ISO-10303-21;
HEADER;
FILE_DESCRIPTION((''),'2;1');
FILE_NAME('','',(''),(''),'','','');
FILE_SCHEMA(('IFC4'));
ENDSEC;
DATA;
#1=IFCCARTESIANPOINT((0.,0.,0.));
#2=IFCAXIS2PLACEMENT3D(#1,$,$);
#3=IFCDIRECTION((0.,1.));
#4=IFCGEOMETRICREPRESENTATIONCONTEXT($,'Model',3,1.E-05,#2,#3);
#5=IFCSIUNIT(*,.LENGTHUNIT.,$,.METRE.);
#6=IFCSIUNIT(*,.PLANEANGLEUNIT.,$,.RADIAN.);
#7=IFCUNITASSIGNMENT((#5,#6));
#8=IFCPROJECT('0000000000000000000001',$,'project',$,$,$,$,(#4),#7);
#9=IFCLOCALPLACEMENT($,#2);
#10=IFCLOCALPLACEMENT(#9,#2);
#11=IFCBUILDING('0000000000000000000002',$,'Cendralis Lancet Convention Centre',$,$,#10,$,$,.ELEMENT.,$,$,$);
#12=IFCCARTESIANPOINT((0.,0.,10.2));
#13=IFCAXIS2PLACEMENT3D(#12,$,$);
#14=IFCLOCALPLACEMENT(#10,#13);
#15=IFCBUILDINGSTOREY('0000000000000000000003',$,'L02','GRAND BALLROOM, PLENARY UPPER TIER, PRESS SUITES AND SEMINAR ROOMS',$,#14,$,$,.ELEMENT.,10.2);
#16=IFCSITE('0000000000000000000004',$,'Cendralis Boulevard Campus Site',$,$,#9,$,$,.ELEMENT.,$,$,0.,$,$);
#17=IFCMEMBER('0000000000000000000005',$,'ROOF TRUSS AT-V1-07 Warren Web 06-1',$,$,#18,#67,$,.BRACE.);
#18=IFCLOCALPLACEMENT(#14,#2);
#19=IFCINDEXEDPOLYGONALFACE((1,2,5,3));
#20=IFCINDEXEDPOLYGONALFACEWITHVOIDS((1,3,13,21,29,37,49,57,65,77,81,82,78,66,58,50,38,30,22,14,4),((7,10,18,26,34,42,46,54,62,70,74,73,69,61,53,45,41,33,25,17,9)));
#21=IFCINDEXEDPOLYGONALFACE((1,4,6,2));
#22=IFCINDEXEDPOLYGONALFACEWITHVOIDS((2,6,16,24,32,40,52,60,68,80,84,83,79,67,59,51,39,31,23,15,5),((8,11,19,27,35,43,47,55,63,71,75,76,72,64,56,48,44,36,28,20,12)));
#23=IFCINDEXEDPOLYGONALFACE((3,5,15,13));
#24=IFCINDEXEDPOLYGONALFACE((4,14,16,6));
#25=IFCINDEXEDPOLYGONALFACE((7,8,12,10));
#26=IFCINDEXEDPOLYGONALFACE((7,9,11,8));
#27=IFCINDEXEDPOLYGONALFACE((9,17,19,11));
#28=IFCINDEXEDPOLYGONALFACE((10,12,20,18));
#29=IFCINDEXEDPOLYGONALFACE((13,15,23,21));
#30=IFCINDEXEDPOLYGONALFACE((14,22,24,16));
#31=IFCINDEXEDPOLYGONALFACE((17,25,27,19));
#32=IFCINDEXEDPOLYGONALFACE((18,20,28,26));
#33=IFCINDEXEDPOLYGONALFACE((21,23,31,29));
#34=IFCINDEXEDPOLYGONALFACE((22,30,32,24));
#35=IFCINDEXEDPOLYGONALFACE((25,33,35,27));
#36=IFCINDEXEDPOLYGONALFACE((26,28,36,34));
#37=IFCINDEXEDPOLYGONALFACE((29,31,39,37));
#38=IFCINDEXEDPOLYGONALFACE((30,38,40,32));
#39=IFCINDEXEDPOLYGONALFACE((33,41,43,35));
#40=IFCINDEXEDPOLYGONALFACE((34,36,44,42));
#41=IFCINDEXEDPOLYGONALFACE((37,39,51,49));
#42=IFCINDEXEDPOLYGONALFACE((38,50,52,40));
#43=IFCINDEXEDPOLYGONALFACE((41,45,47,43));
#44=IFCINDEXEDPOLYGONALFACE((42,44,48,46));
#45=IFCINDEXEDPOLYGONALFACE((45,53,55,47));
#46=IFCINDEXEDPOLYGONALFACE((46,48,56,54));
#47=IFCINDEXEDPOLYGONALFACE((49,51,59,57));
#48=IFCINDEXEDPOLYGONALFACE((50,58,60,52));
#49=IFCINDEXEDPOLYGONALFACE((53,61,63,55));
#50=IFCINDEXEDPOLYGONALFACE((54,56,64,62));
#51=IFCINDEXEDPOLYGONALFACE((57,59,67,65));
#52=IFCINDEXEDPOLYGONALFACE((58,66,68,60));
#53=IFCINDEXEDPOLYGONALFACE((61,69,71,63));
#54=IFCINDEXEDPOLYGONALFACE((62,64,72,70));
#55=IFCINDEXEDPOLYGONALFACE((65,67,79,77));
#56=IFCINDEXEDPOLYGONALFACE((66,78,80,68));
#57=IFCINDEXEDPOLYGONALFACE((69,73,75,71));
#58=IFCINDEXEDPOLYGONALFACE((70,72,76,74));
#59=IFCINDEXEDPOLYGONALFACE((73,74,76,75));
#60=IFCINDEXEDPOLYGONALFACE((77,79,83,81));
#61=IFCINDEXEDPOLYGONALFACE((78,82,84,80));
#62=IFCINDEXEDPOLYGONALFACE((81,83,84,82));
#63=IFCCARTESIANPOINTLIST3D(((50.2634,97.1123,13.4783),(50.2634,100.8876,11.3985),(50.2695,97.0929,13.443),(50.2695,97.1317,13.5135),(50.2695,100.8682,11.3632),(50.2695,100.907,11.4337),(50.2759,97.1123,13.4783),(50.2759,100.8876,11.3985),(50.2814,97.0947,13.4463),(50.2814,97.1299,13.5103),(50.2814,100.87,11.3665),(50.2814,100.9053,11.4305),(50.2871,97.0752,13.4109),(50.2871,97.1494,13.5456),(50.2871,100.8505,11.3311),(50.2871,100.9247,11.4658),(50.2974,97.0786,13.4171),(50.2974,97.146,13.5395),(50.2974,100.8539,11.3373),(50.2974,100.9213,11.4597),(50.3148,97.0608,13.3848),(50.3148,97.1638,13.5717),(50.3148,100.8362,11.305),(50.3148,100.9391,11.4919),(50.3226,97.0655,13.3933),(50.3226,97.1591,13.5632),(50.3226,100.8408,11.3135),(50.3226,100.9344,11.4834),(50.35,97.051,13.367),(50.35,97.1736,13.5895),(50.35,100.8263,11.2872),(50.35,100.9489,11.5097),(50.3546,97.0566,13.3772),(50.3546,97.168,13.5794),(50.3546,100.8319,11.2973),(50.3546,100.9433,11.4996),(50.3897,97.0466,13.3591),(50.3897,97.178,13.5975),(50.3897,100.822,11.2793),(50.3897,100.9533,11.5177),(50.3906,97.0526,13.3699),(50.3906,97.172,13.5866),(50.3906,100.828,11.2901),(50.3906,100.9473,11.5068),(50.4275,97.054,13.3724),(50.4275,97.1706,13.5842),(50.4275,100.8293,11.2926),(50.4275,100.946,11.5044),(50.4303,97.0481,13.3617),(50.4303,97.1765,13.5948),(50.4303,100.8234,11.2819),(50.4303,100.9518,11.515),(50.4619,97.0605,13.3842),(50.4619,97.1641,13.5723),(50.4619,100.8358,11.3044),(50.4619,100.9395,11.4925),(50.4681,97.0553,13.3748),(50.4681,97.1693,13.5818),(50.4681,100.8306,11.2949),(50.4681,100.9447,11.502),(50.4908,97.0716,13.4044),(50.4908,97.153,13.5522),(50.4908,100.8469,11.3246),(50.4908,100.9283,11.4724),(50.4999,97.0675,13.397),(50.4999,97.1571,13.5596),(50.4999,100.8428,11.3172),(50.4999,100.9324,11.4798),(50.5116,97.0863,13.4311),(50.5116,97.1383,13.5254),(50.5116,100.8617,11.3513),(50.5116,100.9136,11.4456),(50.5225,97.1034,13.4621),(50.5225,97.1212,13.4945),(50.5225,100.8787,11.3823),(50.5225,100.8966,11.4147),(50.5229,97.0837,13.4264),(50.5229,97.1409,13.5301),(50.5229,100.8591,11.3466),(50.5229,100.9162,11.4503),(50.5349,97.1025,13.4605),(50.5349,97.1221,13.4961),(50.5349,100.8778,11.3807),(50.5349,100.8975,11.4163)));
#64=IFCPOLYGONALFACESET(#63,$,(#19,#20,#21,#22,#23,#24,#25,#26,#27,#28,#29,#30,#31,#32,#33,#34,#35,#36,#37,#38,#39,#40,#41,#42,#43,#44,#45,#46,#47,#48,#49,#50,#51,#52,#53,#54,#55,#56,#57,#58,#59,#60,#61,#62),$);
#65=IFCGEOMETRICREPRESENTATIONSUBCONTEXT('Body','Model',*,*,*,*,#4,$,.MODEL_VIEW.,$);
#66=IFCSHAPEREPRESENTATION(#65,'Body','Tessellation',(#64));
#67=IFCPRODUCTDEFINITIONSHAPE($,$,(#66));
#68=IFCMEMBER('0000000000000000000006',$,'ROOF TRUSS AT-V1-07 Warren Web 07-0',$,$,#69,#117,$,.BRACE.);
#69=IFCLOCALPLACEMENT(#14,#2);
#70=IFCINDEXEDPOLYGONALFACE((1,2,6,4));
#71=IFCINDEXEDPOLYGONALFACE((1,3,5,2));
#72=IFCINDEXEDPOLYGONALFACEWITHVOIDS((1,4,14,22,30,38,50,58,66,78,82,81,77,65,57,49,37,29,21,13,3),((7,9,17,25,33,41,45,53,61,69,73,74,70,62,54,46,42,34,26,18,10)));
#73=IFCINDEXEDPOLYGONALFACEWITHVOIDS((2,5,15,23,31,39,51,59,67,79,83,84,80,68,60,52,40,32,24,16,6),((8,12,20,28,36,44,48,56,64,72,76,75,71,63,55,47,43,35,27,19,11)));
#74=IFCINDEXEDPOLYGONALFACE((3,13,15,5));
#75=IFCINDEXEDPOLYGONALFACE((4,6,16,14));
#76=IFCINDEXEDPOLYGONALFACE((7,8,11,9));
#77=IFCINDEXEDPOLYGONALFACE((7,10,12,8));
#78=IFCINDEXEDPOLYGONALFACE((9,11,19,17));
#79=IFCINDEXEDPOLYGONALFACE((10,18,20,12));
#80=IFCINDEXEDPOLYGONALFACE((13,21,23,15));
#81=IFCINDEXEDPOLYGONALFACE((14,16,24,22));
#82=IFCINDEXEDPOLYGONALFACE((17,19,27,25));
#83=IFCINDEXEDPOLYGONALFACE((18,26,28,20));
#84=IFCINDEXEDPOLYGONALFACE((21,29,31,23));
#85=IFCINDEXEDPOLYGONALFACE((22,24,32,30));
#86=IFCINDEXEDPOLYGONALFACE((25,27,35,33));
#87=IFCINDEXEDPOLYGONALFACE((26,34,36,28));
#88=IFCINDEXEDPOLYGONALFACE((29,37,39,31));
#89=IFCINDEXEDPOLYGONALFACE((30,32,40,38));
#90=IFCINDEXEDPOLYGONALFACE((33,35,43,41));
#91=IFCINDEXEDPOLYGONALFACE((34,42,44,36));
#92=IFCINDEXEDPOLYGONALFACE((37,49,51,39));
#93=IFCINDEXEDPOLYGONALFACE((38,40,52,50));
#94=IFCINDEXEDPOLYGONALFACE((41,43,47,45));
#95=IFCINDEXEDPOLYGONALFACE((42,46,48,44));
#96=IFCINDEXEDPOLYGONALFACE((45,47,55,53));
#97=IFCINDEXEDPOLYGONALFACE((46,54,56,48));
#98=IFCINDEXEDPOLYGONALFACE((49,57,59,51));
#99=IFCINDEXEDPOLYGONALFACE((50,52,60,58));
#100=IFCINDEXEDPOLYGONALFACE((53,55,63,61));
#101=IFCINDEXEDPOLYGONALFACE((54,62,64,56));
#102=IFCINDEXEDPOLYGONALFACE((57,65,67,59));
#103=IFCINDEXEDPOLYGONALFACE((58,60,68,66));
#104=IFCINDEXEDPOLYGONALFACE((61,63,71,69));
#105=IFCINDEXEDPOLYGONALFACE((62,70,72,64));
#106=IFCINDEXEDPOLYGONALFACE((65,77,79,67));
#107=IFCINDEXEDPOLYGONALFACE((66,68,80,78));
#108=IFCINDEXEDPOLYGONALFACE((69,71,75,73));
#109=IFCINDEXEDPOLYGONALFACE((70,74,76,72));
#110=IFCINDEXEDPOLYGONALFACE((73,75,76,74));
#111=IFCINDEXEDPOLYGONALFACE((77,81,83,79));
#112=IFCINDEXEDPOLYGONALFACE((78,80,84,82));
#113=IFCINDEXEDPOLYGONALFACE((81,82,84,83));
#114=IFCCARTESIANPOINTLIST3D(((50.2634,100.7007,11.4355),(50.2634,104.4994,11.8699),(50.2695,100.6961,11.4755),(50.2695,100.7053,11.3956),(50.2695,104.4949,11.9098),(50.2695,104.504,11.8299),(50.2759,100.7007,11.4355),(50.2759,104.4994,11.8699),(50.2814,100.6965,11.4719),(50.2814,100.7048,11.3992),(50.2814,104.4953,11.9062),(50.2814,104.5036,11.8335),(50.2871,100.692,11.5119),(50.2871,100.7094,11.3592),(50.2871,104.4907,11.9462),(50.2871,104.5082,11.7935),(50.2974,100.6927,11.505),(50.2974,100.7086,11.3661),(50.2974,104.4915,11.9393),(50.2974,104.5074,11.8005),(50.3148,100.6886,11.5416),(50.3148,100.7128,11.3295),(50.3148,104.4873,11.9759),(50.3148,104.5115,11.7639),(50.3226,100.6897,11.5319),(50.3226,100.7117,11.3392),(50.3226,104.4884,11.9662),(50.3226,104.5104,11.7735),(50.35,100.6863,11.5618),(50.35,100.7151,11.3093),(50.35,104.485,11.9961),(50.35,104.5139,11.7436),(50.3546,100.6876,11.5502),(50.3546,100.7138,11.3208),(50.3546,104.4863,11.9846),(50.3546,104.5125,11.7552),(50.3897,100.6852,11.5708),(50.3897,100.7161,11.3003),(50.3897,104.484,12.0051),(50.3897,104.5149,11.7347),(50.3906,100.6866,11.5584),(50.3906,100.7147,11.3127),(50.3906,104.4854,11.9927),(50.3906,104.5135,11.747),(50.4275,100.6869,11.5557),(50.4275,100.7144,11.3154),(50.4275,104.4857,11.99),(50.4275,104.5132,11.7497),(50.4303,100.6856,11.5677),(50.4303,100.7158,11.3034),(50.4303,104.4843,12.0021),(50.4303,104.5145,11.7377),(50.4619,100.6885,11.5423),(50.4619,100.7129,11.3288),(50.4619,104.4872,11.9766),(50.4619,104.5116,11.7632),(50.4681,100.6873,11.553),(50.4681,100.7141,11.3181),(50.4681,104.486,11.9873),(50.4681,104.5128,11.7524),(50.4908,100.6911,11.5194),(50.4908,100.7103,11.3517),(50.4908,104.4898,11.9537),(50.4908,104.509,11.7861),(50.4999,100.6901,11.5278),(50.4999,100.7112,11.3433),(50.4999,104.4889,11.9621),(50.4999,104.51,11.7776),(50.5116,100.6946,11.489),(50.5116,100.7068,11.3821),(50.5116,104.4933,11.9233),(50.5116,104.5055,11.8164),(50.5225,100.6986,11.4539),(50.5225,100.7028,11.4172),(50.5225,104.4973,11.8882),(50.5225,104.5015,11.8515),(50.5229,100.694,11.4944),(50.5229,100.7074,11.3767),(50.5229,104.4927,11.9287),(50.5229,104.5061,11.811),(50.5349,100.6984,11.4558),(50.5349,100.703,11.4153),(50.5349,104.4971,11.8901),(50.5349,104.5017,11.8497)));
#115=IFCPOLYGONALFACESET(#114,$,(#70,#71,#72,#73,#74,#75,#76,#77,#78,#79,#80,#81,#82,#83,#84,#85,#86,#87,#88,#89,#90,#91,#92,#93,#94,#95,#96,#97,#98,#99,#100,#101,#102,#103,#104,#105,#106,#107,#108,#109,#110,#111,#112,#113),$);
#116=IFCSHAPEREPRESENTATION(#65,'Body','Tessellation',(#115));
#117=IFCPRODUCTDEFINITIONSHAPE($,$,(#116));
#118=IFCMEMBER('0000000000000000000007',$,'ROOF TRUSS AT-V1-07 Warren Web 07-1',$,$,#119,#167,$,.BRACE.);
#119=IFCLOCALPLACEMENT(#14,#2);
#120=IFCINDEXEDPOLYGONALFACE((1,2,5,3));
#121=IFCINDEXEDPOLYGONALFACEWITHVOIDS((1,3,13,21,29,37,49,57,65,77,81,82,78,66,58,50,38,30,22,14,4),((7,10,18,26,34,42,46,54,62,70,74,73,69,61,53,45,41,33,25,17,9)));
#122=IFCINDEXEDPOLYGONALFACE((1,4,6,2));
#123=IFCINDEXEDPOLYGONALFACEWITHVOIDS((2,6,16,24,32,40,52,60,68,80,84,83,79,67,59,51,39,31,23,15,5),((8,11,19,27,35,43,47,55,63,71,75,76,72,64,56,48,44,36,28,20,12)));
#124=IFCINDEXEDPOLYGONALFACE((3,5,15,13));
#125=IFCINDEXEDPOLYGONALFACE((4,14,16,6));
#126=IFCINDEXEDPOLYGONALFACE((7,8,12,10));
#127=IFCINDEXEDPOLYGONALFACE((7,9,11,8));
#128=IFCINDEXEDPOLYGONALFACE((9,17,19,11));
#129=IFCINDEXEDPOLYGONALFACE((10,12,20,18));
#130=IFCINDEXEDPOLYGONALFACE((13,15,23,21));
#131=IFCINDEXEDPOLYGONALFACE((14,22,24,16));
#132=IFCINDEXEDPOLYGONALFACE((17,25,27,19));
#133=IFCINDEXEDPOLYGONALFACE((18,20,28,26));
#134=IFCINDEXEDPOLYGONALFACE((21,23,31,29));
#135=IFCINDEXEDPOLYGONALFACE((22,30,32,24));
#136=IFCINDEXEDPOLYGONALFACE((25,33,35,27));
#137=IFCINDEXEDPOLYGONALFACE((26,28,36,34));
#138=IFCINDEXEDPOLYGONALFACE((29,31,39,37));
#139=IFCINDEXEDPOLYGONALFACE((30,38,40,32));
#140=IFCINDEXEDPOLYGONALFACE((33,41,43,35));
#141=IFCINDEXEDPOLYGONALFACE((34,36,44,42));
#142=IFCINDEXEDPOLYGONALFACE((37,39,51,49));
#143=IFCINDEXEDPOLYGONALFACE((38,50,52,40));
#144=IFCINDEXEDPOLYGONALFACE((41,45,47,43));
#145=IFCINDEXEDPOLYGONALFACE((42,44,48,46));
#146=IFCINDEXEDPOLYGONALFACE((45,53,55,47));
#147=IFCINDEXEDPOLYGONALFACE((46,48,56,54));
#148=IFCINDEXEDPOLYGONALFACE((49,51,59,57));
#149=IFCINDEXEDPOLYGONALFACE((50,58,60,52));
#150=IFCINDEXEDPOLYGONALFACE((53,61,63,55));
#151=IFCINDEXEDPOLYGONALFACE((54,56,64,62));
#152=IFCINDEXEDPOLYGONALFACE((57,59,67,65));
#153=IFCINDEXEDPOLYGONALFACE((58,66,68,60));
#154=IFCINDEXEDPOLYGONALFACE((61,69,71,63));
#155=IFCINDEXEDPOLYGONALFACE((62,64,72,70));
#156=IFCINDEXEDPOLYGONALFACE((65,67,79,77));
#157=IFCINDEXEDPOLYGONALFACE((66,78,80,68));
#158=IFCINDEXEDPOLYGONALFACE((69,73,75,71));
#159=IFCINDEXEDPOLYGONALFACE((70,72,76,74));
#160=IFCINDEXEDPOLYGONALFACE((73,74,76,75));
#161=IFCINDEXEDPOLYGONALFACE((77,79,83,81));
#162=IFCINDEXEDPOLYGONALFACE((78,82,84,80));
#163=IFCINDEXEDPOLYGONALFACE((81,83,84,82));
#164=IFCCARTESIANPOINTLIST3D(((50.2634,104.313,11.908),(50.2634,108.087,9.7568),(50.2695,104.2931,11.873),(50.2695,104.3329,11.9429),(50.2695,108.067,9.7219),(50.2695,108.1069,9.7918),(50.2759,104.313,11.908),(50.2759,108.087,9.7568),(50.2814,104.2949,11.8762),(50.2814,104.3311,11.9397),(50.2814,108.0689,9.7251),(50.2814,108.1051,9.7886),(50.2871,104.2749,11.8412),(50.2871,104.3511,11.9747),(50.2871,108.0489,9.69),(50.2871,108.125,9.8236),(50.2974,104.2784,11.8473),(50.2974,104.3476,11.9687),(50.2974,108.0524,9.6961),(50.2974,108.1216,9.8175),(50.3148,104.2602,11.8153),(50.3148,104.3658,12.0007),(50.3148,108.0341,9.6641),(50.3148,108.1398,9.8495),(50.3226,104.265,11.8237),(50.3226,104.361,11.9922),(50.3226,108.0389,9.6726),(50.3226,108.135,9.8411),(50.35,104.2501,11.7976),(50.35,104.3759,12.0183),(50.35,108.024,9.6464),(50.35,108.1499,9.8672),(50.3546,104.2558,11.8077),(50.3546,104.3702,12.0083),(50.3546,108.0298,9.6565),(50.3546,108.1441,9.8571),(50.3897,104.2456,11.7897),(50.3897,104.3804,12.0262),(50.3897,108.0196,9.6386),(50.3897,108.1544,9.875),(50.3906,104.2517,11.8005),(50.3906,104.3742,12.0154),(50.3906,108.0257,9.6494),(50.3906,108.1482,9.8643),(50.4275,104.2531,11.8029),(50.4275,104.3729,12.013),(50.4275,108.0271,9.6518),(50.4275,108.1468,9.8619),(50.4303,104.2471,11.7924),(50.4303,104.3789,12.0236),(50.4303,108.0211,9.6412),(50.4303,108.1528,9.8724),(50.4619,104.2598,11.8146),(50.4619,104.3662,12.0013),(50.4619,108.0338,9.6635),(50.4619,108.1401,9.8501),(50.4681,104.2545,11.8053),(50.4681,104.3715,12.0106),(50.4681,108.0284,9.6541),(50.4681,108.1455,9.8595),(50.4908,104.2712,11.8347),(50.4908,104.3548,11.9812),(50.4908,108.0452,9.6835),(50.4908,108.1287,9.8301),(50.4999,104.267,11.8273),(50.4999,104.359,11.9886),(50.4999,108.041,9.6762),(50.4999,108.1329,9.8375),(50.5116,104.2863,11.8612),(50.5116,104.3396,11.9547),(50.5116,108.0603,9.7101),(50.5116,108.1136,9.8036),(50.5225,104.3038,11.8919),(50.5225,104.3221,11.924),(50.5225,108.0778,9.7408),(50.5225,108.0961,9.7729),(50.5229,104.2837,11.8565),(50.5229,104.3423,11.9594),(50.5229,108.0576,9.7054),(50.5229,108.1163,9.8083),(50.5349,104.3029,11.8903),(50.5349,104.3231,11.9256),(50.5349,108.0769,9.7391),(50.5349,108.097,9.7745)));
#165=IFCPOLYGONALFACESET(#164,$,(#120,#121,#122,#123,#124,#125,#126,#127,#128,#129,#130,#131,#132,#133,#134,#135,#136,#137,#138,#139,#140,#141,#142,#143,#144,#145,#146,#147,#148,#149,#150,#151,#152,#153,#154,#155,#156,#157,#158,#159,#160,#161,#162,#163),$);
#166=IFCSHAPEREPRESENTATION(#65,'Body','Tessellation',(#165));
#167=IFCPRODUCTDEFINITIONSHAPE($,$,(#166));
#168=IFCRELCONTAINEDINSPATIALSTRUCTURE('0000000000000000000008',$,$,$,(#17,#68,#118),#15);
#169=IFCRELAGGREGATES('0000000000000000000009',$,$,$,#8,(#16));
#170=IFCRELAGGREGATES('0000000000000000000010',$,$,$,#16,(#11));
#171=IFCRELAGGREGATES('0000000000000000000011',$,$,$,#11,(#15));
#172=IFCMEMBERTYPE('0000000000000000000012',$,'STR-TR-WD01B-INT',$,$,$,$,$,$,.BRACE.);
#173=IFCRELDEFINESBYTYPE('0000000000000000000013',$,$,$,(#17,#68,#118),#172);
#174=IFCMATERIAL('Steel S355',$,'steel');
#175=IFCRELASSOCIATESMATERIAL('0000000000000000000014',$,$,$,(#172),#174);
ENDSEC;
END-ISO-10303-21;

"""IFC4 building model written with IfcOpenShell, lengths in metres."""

from ifc_helpers import new_model, si_unit, direction, frame, origin, origin_2d, place, context, subcontext, project, spatial, hollow_circle, extrude, material, material_profile, profile_set, type_object, element, save


model = new_model("IFC4")

# Units and contexts
model_context = context("Model", 3, precision=1e-05, world=origin(), true_north=direction((0.0, 1.0)))
body_context = subcontext(model_context, "Body", "Model", "MODEL_VIEW")
ifc_project = project(units=[si_unit("LENGTHUNIT", "METRE"), si_unit("PLANEANGLEUNIT", "RADIAN")], contexts=[model_context])

# Site, building, storey
site_placement = place(None, origin())
site = spatial("IfcSite", under=ifc_project, at=site_placement, Name="Cendralis Boulevard Campus Site", CompositionType="ELEMENT", RefElevation=0.0)
building_placement = place(site_placement, origin())
building = spatial("IfcBuilding", under=site, at=building_placement, Name="Cendralis Lancet Convention Centre", CompositionType="ELEMENT")
storey_placement = place(building_placement, frame((0.0, 0.0, 10.2)))
storey = spatial("IfcBuildingStorey", under=building, at=storey_placement, Name="L02", Description="GRAND BALLROOM, PLENARY UPPER TIER, PRESS SUITES AND SEMINAR ROOMS", CompositionType="ELEMENT", Elevation=10.2)

# Members
ifc_material = material(Name="Steel S355", Category="steel")
ifc_material_profile_1 = material_profile(ifc_material, hollow_circle(Radius=0.1365, WallThickness=0.0125, at=origin_2d()), Name="CHS 273.0x12.5")
ifc_profile_set_1 = profile_set([ifc_material_profile_1], Name="Steel S355")
member_type_1 = type_object("IfcMemberType", Name="STR-TR-WD01B-INT", PredefinedType="BRACE", material=ifc_profile_set_1)
member_1_placement = place(storey_placement, frame((50.3999, 97.1123, 13.4783), z_axis=(0.0, 0.875886, -0.482519), x_axis=(-1.0, 0.0, 0.0)))
element("IfcMember", 1, at=member_1_placement, inside=storey, type_object=member_type_1, Name="ROOF TRUSS AT-V1-07 Warren Web 06-1", PredefinedType="BRACE", context=body_context, shape_type="SweptSolid", body=[
    extrude(hollow_circle(Radius=0.1365, WallThickness=0.0125, at=origin_2d()), origin(), (0.0, 0.0, 1.0), 4.3103),
])
member_2_placement = place(storey_placement, frame((50.3999, 100.7007, 11.4355), z_axis=(0.0, 0.993528, 0.113592), x_axis=(-1.0, 0.0, 0.0)))
element("IfcMember", 2, at=member_2_placement, inside=storey, type_object=member_type_1, Name="ROOF TRUSS AT-V1-07 Warren Web 07-0", PredefinedType="BRACE", context=body_context, shape_type="SweptSolid", body=[
    extrude(hollow_circle(Radius=0.1365, WallThickness=0.0125, at=origin_2d()), origin(), (0.0, 0.0, 1.0), 3.8235),
])
member_3_placement = place(storey_placement, frame((50.3999, 104.313, 11.908), z_axis=(0.0, 0.868779, -0.4952), x_axis=(-1.0, 0.0, 0.0)))
element("IfcMember", 3, at=member_3_placement, inside=storey, type_object=member_type_1, Name="ROOF TRUSS AT-V1-07 Warren Web 07-1", PredefinedType="BRACE", context=body_context, shape_type="SweptSolid", body=[
    extrude(hollow_circle(Radius=0.1365, WallThickness=0.0125, at=origin_2d()), origin(), (0.0, 0.0, 1.0), 4.344),
])

save(model, "model.ifc")
